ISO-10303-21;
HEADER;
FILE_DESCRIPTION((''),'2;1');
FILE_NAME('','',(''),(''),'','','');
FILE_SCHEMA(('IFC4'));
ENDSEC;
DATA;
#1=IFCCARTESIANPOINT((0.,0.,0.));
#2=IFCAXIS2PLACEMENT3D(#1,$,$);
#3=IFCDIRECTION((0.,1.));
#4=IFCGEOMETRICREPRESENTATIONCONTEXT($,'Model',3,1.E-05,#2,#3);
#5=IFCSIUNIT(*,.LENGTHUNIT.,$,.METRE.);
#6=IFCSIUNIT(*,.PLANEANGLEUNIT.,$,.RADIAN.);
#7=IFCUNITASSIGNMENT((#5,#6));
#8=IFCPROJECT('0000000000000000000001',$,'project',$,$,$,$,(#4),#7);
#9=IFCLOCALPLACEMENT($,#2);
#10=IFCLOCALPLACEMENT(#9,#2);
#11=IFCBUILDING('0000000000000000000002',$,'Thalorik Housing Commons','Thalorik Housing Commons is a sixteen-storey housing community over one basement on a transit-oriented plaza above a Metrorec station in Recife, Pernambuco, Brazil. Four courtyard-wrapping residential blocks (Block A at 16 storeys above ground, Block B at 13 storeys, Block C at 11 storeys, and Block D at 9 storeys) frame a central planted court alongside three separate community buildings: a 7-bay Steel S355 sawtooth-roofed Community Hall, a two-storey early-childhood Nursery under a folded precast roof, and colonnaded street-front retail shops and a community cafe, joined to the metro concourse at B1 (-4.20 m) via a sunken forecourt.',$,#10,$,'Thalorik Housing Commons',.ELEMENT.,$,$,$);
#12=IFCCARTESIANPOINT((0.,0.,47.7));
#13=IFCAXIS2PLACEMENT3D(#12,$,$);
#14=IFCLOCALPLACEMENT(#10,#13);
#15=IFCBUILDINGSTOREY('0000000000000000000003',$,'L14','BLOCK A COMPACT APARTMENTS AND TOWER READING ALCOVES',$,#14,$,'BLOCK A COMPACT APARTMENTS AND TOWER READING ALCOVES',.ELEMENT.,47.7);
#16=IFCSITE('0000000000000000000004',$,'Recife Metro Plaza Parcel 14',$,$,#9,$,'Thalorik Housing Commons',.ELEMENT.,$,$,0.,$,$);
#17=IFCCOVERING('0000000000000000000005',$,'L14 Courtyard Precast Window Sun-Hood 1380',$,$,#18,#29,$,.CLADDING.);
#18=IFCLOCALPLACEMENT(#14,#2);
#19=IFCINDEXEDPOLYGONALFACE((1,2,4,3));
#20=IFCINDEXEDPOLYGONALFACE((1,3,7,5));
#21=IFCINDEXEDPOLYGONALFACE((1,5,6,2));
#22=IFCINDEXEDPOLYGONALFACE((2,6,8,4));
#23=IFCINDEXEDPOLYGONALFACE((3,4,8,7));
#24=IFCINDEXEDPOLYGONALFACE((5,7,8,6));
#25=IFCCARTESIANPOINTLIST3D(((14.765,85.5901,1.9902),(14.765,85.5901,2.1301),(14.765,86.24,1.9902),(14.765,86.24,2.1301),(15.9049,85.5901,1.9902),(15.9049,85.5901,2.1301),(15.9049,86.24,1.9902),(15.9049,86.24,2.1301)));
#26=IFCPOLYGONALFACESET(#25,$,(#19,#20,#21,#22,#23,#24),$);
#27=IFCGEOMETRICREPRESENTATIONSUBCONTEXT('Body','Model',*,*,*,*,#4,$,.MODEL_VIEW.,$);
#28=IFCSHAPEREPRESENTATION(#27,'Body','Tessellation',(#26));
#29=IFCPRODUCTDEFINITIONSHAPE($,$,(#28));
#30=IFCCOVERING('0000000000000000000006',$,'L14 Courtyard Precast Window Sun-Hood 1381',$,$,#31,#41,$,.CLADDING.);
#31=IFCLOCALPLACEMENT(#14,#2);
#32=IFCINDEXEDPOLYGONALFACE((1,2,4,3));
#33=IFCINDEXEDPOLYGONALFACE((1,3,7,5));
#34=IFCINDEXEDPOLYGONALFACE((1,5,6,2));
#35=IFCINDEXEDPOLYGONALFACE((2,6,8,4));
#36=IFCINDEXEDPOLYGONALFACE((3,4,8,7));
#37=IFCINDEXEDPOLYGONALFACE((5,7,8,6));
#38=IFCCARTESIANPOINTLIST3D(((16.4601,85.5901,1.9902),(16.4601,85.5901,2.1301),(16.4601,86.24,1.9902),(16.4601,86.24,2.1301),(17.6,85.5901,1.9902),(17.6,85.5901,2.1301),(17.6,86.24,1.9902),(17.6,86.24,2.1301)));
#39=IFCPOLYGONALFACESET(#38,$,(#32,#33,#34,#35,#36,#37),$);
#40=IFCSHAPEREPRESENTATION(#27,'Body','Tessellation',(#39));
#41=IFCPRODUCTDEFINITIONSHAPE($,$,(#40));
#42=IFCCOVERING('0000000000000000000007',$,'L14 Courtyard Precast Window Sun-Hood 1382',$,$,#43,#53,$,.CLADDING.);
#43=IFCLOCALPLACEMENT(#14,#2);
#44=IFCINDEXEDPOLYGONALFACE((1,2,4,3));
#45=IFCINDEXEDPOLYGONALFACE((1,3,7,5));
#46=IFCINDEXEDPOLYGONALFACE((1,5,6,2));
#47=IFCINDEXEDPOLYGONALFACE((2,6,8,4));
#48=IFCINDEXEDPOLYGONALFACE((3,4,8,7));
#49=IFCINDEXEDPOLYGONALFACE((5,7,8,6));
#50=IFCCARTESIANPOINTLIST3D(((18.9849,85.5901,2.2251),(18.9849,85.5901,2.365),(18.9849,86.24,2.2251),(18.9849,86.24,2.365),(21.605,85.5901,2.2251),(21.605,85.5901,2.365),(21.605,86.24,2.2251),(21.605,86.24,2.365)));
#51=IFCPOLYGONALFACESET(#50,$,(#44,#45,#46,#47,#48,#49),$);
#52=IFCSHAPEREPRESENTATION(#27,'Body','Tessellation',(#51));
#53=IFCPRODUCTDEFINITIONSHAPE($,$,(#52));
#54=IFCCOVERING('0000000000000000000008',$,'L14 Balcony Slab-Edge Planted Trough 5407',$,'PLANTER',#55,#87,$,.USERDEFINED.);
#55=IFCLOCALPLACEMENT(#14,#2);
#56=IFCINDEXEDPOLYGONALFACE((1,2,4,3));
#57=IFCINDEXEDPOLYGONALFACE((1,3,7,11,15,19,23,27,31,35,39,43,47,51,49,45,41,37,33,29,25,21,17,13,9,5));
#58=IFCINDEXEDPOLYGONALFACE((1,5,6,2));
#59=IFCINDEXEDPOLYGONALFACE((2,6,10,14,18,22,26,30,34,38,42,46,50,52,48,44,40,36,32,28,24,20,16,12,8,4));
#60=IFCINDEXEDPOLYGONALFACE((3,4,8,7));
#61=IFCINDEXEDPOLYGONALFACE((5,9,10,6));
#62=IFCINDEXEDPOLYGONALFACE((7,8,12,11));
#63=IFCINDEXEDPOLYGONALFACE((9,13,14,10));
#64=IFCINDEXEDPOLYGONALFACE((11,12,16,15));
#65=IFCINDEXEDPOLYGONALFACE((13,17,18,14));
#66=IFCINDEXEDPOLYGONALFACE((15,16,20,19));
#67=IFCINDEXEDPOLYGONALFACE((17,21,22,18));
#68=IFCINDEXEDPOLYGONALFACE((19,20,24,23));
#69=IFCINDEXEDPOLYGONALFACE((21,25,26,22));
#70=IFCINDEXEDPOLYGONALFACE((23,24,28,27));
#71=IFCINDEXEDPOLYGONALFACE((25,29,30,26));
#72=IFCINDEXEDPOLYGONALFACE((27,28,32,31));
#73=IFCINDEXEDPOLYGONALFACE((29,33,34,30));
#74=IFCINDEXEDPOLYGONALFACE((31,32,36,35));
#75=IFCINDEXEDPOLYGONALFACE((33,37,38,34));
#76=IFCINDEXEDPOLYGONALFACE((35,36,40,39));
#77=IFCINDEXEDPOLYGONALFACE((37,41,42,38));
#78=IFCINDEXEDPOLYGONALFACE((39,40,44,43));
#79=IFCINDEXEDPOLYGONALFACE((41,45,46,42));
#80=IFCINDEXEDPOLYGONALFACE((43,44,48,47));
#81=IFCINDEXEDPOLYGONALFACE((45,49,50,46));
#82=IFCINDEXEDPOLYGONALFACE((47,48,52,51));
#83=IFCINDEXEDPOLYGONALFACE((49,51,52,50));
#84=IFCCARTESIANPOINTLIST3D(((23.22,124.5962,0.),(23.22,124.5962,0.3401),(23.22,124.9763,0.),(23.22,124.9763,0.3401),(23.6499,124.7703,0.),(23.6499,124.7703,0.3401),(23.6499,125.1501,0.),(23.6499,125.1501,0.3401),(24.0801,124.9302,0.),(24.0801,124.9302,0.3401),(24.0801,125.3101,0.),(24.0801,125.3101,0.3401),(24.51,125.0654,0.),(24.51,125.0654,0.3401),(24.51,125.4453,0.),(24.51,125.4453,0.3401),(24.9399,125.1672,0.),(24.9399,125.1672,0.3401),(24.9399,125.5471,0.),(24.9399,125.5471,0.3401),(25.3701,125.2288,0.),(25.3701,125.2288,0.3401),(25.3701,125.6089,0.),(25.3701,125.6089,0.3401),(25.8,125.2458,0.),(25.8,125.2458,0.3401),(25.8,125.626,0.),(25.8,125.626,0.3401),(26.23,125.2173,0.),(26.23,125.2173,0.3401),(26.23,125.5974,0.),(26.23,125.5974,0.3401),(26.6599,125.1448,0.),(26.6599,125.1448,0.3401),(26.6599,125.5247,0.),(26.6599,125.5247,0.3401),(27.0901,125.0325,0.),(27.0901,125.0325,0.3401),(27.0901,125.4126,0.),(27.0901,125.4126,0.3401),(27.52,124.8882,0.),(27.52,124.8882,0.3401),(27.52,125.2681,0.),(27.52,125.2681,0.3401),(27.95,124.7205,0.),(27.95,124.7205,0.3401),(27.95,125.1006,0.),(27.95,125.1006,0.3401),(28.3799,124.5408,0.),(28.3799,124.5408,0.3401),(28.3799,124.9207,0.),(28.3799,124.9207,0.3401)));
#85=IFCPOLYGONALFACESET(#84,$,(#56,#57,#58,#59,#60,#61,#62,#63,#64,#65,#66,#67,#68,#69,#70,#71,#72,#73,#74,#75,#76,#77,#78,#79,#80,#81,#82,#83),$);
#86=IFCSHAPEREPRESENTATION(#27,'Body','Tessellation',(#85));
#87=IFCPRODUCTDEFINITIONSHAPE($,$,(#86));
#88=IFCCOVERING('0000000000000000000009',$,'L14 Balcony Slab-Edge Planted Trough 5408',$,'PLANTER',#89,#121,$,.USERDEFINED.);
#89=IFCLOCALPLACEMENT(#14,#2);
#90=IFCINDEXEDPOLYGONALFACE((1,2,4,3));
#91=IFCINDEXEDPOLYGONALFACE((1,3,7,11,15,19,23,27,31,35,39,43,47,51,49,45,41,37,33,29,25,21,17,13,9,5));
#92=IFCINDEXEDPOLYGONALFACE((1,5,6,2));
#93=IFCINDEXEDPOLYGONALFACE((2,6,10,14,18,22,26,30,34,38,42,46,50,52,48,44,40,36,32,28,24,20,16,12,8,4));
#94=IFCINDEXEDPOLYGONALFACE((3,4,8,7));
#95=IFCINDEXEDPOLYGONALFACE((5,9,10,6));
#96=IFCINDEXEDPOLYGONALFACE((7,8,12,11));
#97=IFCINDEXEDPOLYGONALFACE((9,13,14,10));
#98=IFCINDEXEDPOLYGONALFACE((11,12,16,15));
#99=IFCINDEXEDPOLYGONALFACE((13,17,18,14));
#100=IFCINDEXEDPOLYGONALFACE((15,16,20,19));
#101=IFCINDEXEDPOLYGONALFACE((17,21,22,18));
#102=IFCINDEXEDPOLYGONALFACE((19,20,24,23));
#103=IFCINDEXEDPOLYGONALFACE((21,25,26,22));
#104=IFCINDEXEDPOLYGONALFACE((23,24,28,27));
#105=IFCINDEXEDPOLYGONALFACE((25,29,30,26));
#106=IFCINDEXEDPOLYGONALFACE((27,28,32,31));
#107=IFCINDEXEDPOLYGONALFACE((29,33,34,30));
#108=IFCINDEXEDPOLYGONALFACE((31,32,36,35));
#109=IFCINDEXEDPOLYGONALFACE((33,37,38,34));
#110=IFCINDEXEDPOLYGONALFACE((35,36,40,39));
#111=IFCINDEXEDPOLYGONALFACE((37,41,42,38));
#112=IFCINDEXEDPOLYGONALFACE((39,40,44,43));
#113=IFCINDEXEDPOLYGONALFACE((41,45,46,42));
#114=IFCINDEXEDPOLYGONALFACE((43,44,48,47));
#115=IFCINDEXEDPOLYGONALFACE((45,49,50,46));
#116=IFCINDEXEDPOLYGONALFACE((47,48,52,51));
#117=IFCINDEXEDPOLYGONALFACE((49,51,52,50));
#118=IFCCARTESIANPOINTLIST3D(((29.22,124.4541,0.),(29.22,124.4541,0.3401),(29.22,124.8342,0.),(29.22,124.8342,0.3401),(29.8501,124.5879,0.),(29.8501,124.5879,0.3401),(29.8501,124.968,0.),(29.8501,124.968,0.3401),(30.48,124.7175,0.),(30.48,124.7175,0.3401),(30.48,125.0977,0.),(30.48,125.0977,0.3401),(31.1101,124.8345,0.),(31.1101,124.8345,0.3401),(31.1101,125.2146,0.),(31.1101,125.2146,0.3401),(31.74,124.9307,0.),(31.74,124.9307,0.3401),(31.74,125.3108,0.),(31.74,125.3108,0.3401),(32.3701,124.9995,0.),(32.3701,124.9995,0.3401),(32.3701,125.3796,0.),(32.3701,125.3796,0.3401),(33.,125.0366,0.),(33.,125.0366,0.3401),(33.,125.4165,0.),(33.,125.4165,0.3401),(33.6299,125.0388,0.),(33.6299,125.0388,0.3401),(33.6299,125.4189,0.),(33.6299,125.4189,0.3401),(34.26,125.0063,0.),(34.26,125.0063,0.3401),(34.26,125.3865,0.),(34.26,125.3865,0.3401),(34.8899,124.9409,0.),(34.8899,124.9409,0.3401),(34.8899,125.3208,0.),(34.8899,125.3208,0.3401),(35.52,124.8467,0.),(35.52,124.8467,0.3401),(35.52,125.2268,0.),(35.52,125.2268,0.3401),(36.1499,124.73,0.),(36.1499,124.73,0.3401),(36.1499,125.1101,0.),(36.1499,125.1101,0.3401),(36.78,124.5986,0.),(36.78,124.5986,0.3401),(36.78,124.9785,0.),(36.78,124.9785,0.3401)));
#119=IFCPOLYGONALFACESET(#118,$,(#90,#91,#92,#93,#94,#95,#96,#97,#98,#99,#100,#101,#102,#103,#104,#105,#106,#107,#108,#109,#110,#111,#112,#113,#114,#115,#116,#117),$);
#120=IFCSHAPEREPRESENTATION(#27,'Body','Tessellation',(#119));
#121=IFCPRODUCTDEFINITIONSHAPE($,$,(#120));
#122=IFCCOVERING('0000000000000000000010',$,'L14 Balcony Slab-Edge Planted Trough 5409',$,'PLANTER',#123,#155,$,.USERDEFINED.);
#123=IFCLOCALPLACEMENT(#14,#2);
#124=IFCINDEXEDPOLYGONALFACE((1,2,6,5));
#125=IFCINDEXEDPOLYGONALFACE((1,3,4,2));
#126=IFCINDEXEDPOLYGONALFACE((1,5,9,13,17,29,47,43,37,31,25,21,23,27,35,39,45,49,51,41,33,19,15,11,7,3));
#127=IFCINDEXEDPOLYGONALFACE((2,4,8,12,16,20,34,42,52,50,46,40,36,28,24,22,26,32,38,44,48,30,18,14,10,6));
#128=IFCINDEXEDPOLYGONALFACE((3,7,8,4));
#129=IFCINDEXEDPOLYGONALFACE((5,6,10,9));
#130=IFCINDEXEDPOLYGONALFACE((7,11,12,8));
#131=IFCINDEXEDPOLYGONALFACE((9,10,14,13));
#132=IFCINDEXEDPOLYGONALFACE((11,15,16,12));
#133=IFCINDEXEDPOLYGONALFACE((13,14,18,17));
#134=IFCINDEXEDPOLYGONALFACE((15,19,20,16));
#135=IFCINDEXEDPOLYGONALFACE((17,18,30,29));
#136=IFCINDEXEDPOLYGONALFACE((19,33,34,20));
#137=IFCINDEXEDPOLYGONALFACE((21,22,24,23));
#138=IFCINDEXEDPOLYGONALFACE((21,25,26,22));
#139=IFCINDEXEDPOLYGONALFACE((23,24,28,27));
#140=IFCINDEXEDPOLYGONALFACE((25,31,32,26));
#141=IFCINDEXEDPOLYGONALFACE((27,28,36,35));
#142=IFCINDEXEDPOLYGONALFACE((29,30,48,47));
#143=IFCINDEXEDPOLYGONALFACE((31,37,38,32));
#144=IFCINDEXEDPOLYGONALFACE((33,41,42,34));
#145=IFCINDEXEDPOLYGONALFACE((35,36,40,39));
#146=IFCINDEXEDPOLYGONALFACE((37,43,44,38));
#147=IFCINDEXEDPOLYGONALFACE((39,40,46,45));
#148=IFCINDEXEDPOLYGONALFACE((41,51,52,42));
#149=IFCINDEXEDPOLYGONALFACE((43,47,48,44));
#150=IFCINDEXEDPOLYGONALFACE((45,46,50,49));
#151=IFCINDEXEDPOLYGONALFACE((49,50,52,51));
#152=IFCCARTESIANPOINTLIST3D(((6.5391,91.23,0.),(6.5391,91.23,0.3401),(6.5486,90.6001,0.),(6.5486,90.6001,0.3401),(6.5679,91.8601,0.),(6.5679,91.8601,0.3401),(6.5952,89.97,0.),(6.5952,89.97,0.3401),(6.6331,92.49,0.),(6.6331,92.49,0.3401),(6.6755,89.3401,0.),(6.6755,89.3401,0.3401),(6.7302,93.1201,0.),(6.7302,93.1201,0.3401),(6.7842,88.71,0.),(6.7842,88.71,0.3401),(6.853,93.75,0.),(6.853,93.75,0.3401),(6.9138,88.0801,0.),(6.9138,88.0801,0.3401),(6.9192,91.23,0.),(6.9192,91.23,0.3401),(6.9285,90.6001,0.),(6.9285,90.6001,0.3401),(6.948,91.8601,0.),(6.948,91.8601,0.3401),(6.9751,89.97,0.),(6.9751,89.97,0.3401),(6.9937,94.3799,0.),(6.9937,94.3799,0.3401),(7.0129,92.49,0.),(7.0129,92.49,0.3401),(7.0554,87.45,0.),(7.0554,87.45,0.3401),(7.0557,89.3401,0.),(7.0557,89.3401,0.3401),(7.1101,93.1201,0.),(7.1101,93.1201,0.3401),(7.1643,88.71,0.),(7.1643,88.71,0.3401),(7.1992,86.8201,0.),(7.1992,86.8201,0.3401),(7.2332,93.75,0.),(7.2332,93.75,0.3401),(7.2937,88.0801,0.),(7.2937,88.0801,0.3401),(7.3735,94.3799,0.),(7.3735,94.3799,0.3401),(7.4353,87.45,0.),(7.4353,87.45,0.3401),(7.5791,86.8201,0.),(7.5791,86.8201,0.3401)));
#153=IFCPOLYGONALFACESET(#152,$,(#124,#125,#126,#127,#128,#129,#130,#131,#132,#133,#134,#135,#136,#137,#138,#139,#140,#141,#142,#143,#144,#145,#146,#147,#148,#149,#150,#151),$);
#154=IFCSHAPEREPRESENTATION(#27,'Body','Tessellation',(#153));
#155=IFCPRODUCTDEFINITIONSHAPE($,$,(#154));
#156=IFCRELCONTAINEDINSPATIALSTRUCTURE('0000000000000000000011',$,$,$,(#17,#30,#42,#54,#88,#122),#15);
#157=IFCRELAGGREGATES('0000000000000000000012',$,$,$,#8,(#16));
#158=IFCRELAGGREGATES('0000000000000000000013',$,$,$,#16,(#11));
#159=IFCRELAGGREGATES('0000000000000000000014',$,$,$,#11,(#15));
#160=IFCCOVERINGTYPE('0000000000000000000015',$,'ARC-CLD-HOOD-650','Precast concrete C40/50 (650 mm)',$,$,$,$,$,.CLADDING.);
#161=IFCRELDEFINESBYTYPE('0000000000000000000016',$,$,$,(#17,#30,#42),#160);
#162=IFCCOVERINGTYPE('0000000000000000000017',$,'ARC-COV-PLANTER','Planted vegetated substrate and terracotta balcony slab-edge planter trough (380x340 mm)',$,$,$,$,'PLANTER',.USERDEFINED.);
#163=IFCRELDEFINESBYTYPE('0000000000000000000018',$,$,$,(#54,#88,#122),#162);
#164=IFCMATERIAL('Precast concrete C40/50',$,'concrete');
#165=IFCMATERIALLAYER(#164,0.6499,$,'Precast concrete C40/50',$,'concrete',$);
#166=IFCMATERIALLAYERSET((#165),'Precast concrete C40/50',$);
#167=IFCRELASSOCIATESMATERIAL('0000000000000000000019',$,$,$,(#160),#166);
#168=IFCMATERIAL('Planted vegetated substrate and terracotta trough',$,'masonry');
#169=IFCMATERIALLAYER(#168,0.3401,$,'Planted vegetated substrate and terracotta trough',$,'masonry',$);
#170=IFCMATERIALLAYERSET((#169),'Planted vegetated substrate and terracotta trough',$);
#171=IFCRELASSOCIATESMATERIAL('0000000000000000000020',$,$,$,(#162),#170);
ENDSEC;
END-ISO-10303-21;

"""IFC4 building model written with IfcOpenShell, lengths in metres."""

from ifc_helpers import new_model, si_unit, direction, frame, origin, origin_2d, place, context, subcontext, project, spatial, polyline, rectangle, outline, extrude, material, layer, layer_set, type_object, element, save


model = new_model("IFC4")

# Units and contexts
model_context = context("Model", 3, precision=1e-05, world=origin(), true_north=direction((0.0, 1.0)))
body_context = subcontext(model_context, "Body", "Model", "MODEL_VIEW")
ifc_project = project(units=[si_unit("LENGTHUNIT", "METRE"), si_unit("PLANEANGLEUNIT", "RADIAN")], contexts=[model_context])

# Site, building, storey
site_placement = place(None, origin())
site = spatial("IfcSite", under=ifc_project, at=site_placement, Name="Recife Metro Plaza Parcel 14", LongName="Thalorik Housing Commons", CompositionType="ELEMENT", RefElevation=0.0)
building_placement = place(site_placement, origin())
building = spatial("IfcBuilding", under=site, at=building_placement, Name="Thalorik Housing Commons", Description="Thalorik Housing Commons is a sixteen-storey housing community over one basement on a transit-oriented plaza above a Metrorec station in Recife, Pernambuco, Brazil. Four courtyard-wrapping residential blocks (Block A at 16 storeys above ground, Block B at 13 storeys, Block C at 11 storeys, and Block D at 9 storeys) frame a central planted court alongside three separate community buildings: a 7-bay Steel S355 sawtooth-roofed Community Hall, a two-storey early-childhood Nursery under a folded precast roof, and colonnaded street-front retail shops and a community cafe, joined to the metro concourse at B1 (-4.20 m) via a sunken forecourt.", LongName="Thalorik Housing Commons", CompositionType="ELEMENT")
storey_placement = place(building_placement, frame((0.0, 0.0, 47.7)))
storey = spatial("IfcBuildingStorey", under=building, at=storey_placement, Name="L14", Description="BLOCK A COMPACT APARTMENTS AND TOWER READING ALCOVES", LongName="BLOCK A COMPACT APARTMENTS AND TOWER READING ALCOVES", CompositionType="ELEMENT", Elevation=47.7)

# Shared definitions
ifc_material_1 = material(Name="Precast concrete C40/50", Category="concrete")

# Coverings
ifc_layer_1 = layer(ifc_material_1, 0.6499, Name="Precast concrete C40/50", Category="concrete")
ifc_layer_set_1 = layer_set([ifc_layer_1], Name="Precast concrete C40/50")
covering_type_1 = type_object("IfcCoveringType", Name="ARC-CLD-HOOD-650", Description="Precast concrete C40/50 (650 mm)", PredefinedType="CLADDING", material=ifc_layer_set_1)
for number, where, z_axis, x_axis, name in (
    (1, (15.335, 85.915, 1.9902), (0.0, 0.0, 1.0), (1.0, 0.0, 0.0), "L14 Courtyard Precast Window Sun-Hood 1380"),
    (2, (17.03, 85.915, 1.9902), (0.0, 0.0, 1.0), (1.0, 0.0, 0.0), "L14 Courtyard Precast Window Sun-Hood 1381"),
):
    element("IfcCovering", number, at=place(storey_placement, frame(where, z_axis=z_axis, x_axis=x_axis)), inside=storey, type_object=covering_type_1, Name=name, PredefinedType="CLADDING", context=body_context, shape_type="SweptSolid", body=[
        extrude(rectangle(XDim=1.1399, YDim=0.6499, at=origin_2d()), origin(), (0.0, 0.0, 1.0), 0.1399),
    ])
covering_1_placement = place(storey_placement, frame((20.2949, 85.915, 2.2251), z_axis=(0.0, 0.0, 1.0), x_axis=(1.0, 0.0, 0.0)))
element("IfcCovering", 3, at=covering_1_placement, inside=storey, type_object=covering_type_1, Name="L14 Courtyard Precast Window Sun-Hood 1382", PredefinedType="CLADDING", context=body_context, shape_type="SweptSolid", body=[
    extrude(rectangle(XDim=2.6201, YDim=0.6499, at=origin_2d()), origin(), (0.0, 0.0, 1.0), 0.1399),
])
ifc_material_2 = material(Name="Planted vegetated substrate and terracotta trough", Category="masonry")
ifc_layer_2 = layer(ifc_material_2, 0.3401, Name="Planted vegetated substrate and terracotta trough", Category="masonry")
ifc_layer_set_2 = layer_set([ifc_layer_2], Name="Planted vegetated substrate and terracotta trough")
covering_type_2 = type_object("IfcCoveringType", Name="ARC-COV-PLANTER", Description="Planted vegetated substrate and terracotta balcony slab-edge planter trough (380x340 mm)", ElementType="PLANTER", PredefinedType="USERDEFINED", material=ifc_layer_set_2)
covering_2_placement = place(storey_placement, origin())
element("IfcCovering", 4, at=covering_2_placement, inside=storey, type_object=covering_type_2, Name="L14 Balcony Slab-Edge Planted Trough 5407", ObjectType="PLANTER", PredefinedType="USERDEFINED", context=body_context, shape_type="SweptSolid", body=[
    extrude(outline(polyline([(28.3799, 124.9207), (27.95, 125.1006), (27.52, 125.2681), (27.0901, 125.4126), (26.6599, 125.5247), (26.23, 125.5974), (25.8, 125.626), (25.3701, 125.6089), (24.9399, 125.5471), (24.51, 125.4453), (24.0801, 125.3101), (23.6499, 125.1501), (23.22, 124.9763), (23.22, 124.5962), (23.6499, 124.7703), (24.0801, 124.9302), (24.51, 125.0654), (24.9399, 125.1672), (25.3701, 125.2288), (25.8, 125.2458), (26.23, 125.2173), (26.6599, 125.1448), (27.0901, 125.0325), (27.52, 124.8882), (27.95, 124.7205), (28.3799, 124.5408), (28.3799, 124.9207)])), origin(), (0.0, 0.0, 1.0), 0.3401),
])
covering_3_placement = place(storey_placement, origin())
element("IfcCovering", 5, at=covering_3_placement, inside=storey, type_object=covering_type_2, Name="L14 Balcony Slab-Edge Planted Trough 5408", ObjectType="PLANTER", PredefinedType="USERDEFINED", context=body_context, shape_type="SweptSolid", body=[
    extrude(outline(polyline([(36.78, 124.9785), (36.1499, 125.1101), (35.52, 125.2268), (34.8899, 125.3208), (34.26, 125.3865), (33.6299, 125.4189), (33.0, 125.4165), (32.3701, 125.3796), (31.74, 125.3108), (31.1101, 125.2146), (30.48, 125.0977), (29.8501, 124.968), (29.22, 124.8342), (29.22, 124.4541), (29.8501, 124.5879), (30.48, 124.7175), (31.1101, 124.8345), (31.74, 124.9307), (32.3701, 124.9995), (33.0, 125.0366), (33.6299, 125.0388), (34.26, 125.0063), (34.8899, 124.9409), (35.52, 124.8467), (36.1499, 124.73), (36.78, 124.5986), (36.78, 124.9785)])), origin(), (0.0, 0.0, 1.0), 0.3401),
])
covering_4_placement = place(storey_placement, origin())
element("IfcCovering", 6, at=covering_4_placement, inside=storey, type_object=covering_type_2, Name="L14 Balcony Slab-Edge Planted Trough 5409", ObjectType="PLANTER", PredefinedType="USERDEFINED", context=body_context, shape_type="SweptSolid", body=[
    extrude(outline(polyline([(6.9937, 94.3799), (6.853, 93.75), (6.7302, 93.1201), (6.6331, 92.49), (6.5679, 91.8601), (6.5391, 91.23), (6.5486, 90.6001), (6.5952, 89.97), (6.6755, 89.3401), (6.7842, 88.71), (6.9138, 88.0801), (7.0554, 87.45), (7.1992, 86.8201), (7.5791, 86.8201), (7.4353, 87.45), (7.2937, 88.0801), (7.1643, 88.71), (7.0557, 89.3401), (6.9751, 89.97), (6.9285, 90.6001), (6.9192, 91.23), (6.948, 91.8601), (7.0129, 92.49), (7.1101, 93.1201), (7.2332, 93.75), (7.3735, 94.3799), (6.9937, 94.3799)])), origin(), (0.0, 0.0, 1.0), 0.3401),
])

save(model, "model.ifc")
